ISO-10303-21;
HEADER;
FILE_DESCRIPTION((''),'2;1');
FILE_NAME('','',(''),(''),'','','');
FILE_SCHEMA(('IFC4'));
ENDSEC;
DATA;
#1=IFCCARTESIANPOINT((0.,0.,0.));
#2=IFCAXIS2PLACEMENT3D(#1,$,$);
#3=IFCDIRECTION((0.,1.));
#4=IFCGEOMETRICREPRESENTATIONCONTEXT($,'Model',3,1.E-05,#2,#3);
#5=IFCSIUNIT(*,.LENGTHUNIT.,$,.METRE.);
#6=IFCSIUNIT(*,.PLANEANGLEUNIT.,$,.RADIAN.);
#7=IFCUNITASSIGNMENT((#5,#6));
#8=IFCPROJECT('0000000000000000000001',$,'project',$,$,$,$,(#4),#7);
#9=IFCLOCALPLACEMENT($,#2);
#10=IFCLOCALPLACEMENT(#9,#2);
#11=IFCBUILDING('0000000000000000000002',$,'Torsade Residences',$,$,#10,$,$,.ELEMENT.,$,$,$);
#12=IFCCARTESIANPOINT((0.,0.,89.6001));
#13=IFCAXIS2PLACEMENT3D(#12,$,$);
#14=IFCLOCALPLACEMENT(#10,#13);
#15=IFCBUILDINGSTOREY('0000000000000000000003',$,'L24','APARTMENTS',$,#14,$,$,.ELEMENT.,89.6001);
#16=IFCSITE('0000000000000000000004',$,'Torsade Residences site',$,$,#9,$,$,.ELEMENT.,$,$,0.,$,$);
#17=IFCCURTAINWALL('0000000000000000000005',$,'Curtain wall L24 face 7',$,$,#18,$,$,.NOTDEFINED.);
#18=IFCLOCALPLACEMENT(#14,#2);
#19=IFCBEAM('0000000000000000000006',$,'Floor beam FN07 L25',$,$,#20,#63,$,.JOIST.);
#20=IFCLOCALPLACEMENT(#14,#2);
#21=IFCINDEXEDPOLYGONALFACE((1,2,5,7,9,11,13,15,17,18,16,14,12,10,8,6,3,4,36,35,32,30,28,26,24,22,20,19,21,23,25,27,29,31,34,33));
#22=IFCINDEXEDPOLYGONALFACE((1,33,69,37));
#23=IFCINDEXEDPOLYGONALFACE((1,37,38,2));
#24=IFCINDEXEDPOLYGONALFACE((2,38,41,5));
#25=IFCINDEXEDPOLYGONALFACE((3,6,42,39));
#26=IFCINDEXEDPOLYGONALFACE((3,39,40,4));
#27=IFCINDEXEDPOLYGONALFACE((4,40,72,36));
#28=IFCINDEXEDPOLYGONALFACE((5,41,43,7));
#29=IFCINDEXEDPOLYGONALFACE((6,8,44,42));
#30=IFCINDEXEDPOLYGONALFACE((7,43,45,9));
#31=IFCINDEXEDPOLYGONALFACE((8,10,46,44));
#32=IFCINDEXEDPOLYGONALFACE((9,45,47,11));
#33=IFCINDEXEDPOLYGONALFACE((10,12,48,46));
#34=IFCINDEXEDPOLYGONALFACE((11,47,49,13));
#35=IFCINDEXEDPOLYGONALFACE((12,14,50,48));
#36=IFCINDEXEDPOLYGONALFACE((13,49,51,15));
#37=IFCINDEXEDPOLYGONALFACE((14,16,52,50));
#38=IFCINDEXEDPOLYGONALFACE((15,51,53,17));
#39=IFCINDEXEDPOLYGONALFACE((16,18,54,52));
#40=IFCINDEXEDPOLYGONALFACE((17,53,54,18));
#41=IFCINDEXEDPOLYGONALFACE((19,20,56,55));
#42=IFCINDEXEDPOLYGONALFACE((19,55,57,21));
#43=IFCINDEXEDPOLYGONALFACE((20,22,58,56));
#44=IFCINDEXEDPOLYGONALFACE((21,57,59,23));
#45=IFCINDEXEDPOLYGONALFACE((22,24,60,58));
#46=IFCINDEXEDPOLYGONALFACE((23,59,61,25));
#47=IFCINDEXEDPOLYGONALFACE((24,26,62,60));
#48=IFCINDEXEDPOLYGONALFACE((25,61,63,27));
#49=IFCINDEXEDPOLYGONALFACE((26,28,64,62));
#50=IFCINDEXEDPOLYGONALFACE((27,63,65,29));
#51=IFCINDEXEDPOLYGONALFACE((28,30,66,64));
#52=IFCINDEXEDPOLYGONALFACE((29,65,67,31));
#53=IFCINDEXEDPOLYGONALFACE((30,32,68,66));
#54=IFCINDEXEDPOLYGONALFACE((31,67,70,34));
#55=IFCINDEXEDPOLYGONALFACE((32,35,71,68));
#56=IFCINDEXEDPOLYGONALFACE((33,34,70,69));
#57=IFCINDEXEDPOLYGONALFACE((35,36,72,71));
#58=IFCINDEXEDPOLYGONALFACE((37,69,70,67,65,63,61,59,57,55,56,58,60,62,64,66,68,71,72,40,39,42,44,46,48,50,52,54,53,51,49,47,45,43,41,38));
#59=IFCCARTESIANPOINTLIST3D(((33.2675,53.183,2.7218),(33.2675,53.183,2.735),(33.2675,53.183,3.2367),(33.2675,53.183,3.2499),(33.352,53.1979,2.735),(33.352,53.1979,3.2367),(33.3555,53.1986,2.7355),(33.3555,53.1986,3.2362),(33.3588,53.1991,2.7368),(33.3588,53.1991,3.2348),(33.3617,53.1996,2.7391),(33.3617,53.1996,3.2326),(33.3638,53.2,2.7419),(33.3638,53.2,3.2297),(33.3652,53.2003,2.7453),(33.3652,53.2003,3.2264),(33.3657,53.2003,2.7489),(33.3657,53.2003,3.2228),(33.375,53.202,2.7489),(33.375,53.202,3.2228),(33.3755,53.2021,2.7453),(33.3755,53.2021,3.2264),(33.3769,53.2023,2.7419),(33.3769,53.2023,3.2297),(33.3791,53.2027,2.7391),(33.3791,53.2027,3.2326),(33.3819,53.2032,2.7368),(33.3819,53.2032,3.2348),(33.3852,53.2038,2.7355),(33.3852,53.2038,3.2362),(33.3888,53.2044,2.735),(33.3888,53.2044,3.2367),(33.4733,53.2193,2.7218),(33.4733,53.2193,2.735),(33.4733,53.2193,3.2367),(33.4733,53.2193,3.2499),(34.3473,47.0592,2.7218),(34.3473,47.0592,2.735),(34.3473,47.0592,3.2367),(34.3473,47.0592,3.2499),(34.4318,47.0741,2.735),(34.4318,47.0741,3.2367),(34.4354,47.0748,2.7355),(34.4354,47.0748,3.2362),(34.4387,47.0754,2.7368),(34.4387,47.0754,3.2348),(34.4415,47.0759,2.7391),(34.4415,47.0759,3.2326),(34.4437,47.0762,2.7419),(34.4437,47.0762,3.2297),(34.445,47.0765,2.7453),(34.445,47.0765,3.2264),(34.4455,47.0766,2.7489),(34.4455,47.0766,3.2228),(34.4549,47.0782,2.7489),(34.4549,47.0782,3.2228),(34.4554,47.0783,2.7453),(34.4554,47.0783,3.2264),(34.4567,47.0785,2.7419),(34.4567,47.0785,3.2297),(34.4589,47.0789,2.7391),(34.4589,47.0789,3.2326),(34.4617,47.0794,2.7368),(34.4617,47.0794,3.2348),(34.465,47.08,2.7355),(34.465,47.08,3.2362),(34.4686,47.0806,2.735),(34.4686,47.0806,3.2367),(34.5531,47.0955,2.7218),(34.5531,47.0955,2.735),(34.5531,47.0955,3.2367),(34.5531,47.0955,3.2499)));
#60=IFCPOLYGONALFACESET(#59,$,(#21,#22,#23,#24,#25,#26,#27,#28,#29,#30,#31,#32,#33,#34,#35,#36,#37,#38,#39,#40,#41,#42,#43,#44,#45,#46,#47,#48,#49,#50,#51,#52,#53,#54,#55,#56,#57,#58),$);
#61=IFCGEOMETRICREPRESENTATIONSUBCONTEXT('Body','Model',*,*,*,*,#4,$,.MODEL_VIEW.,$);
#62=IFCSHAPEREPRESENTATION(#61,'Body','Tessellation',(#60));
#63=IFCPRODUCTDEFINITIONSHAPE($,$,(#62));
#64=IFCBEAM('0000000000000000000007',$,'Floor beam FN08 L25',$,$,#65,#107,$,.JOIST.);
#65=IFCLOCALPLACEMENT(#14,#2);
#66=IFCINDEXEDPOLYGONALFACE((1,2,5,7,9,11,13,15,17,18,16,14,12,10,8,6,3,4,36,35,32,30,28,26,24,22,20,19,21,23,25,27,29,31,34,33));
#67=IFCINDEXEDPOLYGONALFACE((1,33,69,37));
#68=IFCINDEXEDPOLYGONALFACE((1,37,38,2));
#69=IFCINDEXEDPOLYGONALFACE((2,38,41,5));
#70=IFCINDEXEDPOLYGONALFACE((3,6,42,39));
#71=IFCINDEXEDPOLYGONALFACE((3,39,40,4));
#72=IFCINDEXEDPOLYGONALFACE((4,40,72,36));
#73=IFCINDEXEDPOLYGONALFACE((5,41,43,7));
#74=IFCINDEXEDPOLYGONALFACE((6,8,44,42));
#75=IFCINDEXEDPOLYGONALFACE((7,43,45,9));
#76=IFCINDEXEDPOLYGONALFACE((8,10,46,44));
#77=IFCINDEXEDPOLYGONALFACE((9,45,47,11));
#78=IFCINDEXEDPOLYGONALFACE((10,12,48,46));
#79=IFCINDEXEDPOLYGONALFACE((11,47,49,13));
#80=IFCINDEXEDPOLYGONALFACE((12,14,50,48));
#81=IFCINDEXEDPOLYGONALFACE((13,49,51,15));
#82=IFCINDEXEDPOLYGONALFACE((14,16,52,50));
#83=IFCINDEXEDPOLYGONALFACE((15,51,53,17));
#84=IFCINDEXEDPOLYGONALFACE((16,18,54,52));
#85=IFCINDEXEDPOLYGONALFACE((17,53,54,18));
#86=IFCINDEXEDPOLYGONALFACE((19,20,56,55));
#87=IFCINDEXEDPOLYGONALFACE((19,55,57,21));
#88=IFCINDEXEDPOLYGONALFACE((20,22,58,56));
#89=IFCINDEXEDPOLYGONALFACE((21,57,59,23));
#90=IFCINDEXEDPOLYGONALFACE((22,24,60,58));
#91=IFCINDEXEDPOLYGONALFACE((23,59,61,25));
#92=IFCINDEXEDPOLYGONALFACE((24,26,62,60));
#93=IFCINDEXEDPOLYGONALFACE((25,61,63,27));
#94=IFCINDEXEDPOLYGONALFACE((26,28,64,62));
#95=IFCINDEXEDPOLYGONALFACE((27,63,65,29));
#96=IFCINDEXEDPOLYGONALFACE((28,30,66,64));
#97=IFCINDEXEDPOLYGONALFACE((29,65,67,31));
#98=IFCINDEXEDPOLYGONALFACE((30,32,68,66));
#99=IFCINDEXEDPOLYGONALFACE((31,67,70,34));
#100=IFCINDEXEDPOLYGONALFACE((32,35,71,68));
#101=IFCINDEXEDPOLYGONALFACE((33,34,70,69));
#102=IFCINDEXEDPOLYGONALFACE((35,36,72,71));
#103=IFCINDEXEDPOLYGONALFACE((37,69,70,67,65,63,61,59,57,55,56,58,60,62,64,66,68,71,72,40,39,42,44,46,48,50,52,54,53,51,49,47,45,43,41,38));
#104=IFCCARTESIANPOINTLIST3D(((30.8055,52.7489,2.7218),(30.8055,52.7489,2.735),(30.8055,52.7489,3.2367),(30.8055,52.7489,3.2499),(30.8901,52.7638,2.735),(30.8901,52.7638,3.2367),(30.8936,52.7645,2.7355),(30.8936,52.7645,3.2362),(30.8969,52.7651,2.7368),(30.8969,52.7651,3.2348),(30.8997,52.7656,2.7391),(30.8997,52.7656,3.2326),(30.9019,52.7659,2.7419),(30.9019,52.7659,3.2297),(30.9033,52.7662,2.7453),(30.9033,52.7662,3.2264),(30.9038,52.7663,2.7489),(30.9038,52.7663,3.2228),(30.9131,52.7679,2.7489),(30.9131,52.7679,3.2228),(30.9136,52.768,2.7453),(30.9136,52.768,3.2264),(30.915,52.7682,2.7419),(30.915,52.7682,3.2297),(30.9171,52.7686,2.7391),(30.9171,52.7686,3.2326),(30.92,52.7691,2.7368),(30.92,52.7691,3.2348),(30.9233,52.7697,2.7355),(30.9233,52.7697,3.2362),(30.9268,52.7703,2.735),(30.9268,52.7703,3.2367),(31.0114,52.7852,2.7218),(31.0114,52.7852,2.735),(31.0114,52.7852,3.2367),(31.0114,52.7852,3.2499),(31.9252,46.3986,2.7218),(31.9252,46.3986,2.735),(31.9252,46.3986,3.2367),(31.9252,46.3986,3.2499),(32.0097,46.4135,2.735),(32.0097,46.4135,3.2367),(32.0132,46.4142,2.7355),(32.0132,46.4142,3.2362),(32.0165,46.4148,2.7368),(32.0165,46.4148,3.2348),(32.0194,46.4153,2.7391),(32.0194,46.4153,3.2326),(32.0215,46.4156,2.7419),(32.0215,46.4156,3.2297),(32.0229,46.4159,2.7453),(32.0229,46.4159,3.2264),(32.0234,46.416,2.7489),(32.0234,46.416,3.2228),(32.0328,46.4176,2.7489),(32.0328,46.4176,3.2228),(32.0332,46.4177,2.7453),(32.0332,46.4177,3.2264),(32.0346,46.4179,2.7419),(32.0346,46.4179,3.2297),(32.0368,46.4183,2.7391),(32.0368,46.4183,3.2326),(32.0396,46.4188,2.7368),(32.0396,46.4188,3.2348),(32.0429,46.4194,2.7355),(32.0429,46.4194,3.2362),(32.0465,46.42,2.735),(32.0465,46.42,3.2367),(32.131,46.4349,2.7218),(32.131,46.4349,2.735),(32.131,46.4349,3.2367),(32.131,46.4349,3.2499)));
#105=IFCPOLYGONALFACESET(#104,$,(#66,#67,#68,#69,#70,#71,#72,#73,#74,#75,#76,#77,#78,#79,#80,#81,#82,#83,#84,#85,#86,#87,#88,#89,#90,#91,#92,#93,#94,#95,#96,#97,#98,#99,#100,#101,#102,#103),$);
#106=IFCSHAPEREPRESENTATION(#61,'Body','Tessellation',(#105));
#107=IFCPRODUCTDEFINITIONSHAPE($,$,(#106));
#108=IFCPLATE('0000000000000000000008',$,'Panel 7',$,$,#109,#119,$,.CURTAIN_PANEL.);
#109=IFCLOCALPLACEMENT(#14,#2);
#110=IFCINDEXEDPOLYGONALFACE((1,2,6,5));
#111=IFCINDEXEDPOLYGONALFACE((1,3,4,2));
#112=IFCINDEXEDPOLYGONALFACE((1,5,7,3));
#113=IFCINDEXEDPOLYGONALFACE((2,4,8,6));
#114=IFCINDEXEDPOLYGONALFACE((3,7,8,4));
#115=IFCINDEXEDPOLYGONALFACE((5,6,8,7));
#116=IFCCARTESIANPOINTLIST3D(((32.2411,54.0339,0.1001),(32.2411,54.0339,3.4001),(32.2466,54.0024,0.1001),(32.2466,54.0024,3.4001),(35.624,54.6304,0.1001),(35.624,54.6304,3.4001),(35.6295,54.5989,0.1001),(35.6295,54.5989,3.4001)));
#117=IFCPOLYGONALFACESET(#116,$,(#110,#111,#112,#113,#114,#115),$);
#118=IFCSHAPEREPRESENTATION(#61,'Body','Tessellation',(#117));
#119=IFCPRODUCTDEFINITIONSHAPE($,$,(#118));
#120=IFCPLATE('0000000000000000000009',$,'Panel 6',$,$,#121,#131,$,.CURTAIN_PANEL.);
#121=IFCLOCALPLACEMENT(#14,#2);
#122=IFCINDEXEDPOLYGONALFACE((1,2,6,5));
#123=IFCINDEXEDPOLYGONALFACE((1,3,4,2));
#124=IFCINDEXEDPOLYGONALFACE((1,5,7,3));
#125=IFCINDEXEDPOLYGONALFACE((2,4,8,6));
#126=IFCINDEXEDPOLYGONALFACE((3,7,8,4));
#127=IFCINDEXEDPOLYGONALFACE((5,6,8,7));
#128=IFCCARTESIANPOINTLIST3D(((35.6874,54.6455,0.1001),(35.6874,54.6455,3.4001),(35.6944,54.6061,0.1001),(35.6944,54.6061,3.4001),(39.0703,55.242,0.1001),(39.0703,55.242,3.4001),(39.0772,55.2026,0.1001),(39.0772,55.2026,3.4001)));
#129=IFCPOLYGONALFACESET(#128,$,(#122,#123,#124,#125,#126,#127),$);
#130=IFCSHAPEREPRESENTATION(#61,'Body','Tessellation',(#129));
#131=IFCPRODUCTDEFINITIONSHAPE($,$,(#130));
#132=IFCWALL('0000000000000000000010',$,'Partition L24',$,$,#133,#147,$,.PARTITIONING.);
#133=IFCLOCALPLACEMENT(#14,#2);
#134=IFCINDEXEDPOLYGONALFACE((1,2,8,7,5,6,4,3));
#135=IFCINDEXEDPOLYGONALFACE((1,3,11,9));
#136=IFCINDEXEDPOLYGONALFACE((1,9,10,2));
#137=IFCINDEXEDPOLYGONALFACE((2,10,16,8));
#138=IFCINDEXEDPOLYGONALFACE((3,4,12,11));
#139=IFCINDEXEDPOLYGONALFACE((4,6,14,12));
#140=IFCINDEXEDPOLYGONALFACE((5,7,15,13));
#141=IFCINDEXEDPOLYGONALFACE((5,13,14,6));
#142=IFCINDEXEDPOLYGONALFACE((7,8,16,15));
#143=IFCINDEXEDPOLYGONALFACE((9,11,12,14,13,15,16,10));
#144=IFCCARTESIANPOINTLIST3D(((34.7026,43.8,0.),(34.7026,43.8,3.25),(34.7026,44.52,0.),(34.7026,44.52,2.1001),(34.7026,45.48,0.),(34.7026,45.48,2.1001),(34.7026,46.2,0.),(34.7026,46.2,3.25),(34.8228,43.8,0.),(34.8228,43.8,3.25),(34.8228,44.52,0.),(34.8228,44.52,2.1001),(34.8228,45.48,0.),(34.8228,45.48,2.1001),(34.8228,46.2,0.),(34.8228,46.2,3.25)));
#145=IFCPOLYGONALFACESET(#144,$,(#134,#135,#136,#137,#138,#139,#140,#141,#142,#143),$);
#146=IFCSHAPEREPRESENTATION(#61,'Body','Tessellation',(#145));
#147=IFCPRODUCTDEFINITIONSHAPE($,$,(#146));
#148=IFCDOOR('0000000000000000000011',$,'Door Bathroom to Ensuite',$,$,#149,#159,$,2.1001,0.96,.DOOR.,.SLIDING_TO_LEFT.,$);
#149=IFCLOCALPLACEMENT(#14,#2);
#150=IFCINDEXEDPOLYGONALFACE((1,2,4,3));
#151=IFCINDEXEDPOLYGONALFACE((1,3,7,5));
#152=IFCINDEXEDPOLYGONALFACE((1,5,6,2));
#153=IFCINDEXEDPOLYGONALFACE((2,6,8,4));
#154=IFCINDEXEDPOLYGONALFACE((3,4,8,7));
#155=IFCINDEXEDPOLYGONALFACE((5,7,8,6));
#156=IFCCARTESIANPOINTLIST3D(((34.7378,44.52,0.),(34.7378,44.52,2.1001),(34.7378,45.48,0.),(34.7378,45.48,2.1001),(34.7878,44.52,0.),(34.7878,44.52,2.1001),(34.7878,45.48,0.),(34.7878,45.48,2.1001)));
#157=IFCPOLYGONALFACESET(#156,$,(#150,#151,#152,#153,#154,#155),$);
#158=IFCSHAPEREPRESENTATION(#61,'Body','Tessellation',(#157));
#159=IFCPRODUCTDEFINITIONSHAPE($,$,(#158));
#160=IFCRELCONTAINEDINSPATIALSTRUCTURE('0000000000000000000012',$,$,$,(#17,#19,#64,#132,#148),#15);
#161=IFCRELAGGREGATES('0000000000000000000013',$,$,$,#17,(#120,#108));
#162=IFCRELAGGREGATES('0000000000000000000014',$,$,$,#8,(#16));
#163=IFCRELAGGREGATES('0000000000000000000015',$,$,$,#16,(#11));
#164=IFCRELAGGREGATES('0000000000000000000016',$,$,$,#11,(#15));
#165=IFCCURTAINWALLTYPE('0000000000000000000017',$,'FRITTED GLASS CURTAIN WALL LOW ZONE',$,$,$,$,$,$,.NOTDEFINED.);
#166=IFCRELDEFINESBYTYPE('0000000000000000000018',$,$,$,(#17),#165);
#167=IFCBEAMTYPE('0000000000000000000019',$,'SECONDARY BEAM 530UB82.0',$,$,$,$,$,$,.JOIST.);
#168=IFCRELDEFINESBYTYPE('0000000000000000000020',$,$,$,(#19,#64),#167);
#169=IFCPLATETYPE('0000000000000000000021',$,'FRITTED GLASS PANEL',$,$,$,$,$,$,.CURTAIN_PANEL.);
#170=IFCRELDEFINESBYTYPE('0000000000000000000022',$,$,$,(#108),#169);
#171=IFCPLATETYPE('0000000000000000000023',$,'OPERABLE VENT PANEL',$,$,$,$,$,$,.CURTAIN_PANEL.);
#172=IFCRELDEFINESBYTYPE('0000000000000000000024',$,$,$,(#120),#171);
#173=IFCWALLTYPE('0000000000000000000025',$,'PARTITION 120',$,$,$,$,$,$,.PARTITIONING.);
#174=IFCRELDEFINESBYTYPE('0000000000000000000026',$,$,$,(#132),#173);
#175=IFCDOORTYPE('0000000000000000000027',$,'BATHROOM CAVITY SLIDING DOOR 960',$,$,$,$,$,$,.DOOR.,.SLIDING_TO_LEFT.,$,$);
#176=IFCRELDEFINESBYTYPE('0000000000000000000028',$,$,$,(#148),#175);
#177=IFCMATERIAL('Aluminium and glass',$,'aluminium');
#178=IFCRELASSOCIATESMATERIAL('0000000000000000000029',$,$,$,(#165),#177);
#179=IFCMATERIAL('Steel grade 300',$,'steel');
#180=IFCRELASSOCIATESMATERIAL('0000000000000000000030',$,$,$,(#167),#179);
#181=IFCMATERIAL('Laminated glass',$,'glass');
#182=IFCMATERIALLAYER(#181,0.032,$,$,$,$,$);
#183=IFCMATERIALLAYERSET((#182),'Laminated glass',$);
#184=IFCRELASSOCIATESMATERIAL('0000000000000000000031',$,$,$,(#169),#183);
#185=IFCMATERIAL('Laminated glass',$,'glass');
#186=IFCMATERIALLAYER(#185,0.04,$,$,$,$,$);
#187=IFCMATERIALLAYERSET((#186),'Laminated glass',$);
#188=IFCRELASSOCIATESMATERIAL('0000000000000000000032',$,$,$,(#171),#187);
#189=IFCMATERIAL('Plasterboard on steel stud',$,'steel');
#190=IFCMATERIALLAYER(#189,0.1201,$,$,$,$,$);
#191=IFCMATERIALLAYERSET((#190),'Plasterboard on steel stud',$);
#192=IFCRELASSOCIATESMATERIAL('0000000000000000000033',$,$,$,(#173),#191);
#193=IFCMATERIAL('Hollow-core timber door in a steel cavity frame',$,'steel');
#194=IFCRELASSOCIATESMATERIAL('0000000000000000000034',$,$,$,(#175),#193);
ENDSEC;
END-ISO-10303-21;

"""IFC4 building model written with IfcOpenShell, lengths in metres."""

from ifc_helpers import new_model, si_unit, direction, frame, frame_2d, origin, origin_2d, place, context, subcontext, project, spatial, rectangle, i_section, extrude, material, layer, layer_set, material_profile, profile_set, type_object, element, fill, aggregate, save


model = new_model("IFC4")

# Units and contexts
model_context = context("Model", 3, precision=1e-05, world=origin(), true_north=direction((0.0, 1.0)))
body_context = subcontext(model_context, "Body", "Model", "MODEL_VIEW")
ifc_project = project(units=[si_unit("LENGTHUNIT", "METRE"), si_unit("PLANEANGLEUNIT", "RADIAN")], contexts=[model_context])

# Site, building, storey
site_placement = place(None, origin())
site = spatial("IfcSite", under=ifc_project, at=site_placement, Name="Torsade Residences site", CompositionType="ELEMENT", RefElevation=0.0)
building_placement = place(site_placement, origin())
building = spatial("IfcBuilding", under=site, at=building_placement, Name="Torsade Residences", CompositionType="ELEMENT")
storey_placement = place(building_placement, frame((0.0, 0.0, 89.6001)))
storey = spatial("IfcBuildingStorey", under=building, at=storey_placement, Name="L24", Description="APARTMENTS", CompositionType="ELEMENT", Elevation=89.6001)

# Curtain wall
ifc_material_1 = material(Name="Aluminium and glass", Category="aluminium")
curtain_wall_type = type_object("IfcCurtainWallType", Name="FRITTED GLASS CURTAIN WALL LOW ZONE", PredefinedType="NOTDEFINED", material=ifc_material_1)
curtain_wall_placement = place(storey_placement, origin())
curtain_wall = element("IfcCurtainWall", 1, at=curtain_wall_placement, inside=storey, type_object=curtain_wall_type, Name="Curtain wall L24 face 7", PredefinedType="NOTDEFINED")

# Beams
ifc_material_2 = material(Name="Steel grade 300", Category="steel")
ifc_material_profile_1 = material_profile(ifc_material_2, i_section(OverallWidth=0.209, OverallDepth=0.5281, WebThickness=0.0095, FlangeThickness=0.0132, FilletRadius=0.0139, at=origin_2d()), Name="530UB82.0")
ifc_profile_set_1 = profile_set([ifc_material_profile_1], Name="Steel grade 300")
beam_type_1 = type_object("IfcBeamType", Name="SECONDARY BEAM 530UB82.0", PredefinedType="JOIST", material=ifc_profile_set_1)
beam_1_placement = place(storey_placement, frame((33.3704, 53.2012, 2.9858), z_axis=(0.173655, -0.984806, 0.0), x_axis=(0.984806, 0.173655, 0.0)))
element("IfcBeam", 2, at=beam_1_placement, inside=storey, type_object=beam_type_1, Name="Floor beam FN07 L25", PredefinedType="JOIST", context=body_context, shape_type="SweptSolid", body=[
    extrude(i_section(OverallWidth=0.209, OverallDepth=0.5281, WebThickness=0.0095, FlangeThickness=0.0132, FilletRadius=0.0139, at=origin_2d()), origin(), (0.0, 0.0, 1.0), 6.2183),
])
beam_2_placement = place(storey_placement, frame((30.9084, 52.7671, 2.9858), z_axis=(0.173632, -0.984811, 0.0), x_axis=(0.984811, 0.173632, 0.0)))
element("IfcBeam", 3, at=beam_2_placement, inside=storey, type_object=beam_type_1, Name="Floor beam FN08 L25", PredefinedType="JOIST", context=body_context, shape_type="SweptSolid", body=[
    extrude(i_section(OverallWidth=0.209, OverallDepth=0.5281, WebThickness=0.0095, FlangeThickness=0.0132, FilletRadius=0.0139, at=origin_2d()), origin(), (0.0, 0.0, 1.0), 6.4482),
])

# Plates
ifc_material_3 = material(Name="Laminated glass", Category="glass")
ifc_layer_1 = layer(ifc_material_3, 0.032)
ifc_layer_set_1 = layer_set([ifc_layer_1], Name="Laminated glass")
plate_type_1 = type_object("IfcPlateType", Name="FRITTED GLASS PANEL", PredefinedType="CURTAIN_PANEL", material=ifc_layer_set_1)
plate_1_placement = place(storey_placement, frame((33.9353, 54.3164, 0.1001), z_axis=(0.0, 0.0, 1.0), x_axis=(-0.984808, -0.173648, 0.0)))
plate_1 = element("IfcPlate", 4, at=plate_1_placement, type_object=plate_type_1, Name="Panel 7", PredefinedType="CURTAIN_PANEL", context=body_context, shape_type="SweptSolid", body=[
    extrude(rectangle(XDim=3.4351, YDim=0.032, at=origin_2d()), origin(), (0.0, 0.0, 1.0), 3.3),
])
ifc_material_4 = material(Name="Laminated glass", Category="glass")
ifc_layer_2 = layer(ifc_material_4, 0.04)
ifc_layer_set_2 = layer_set([ifc_layer_2], Name="Laminated glass")
plate_type_2 = type_object("IfcPlateType", Name="OPERABLE VENT PANEL", PredefinedType="CURTAIN_PANEL", material=ifc_layer_set_2)
plate_2_placement = place(storey_placement, frame((37.3823, 54.9241, 0.1001), z_axis=(0.0, 0.0, 1.0), x_axis=(-0.984808, -0.173648, 0.0)))
plate_2 = element("IfcPlate", 5, at=plate_2_placement, type_object=plate_type_2, Name="Panel 6", PredefinedType="CURTAIN_PANEL", context=body_context, shape_type="SweptSolid", body=[
    extrude(rectangle(XDim=3.4351, YDim=0.04, at=origin_2d()), origin(), (0.0, 0.0, 1.0), 3.3),
])
aggregate(curtain_wall, [plate_2, plate_1])

# Wall, opening, door
ifc_material_5 = material(Name="Plasterboard on steel stud", Category="steel")
ifc_layer_3 = layer(ifc_material_5, 0.1201)
ifc_layer_set_3 = layer_set([ifc_layer_3], Name="Plasterboard on steel stud")
wall_type = type_object("IfcWallType", Name="PARTITION 120", PredefinedType="PARTITIONING", material=ifc_layer_set_3)
wall_1_placement = place(storey_placement, frame((34.7627, 43.8, 0.0), z_axis=(0.0, 0.0, 1.0), x_axis=(0.0, 1.0, 0.0)))
wall_1 = element("IfcWall", 6, at=wall_1_placement, inside=storey, type_object=wall_type, Name="Partition L24", PredefinedType="PARTITIONING", context=body_context, shape_type="SweptSolid", body=[
    extrude(rectangle(XDim=2.3999, YDim=0.1201, at=frame_2d((1.2, 0.0))), origin(), (0.0, 0.0, 1.0), 3.25),
])
opening_1_placement = place(wall_1_placement, frame((0.72, 0.0, 0.0)))
opening_1 = element("IfcOpeningElement", 7, at=opening_1_placement, cuts=wall_1, PredefinedType="OPENING", context=body_context, shape_type="SweptSolid", body=[
    extrude(rectangle(XDim=0.96, YDim=2.1001, at=frame_2d((0.48, 1.05))), frame((0.0, 0.0701, 0.0), z_axis=(0.0, -1.0, 0.0), x_axis=(1.0, 0.0, 0.0)), (0.0, 0.0, 1.0), 0.1401),
])
ifc_material_6 = material(Name="Hollow-core timber door in a steel cavity frame", Category="steel")
door_type_1 = type_object("IfcDoorType", Name="BATHROOM CAVITY SLIDING DOOR 960", OperationType="SLIDING_TO_LEFT", PredefinedType="DOOR", material=ifc_material_6)
door_1_placement = place(opening_1_placement, origin())
door_1 = element("IfcDoor", 8, at=door_1_placement, inside=storey, type_object=door_type_1, Name="Door Bathroom to Ensuite", OperationType="SLIDING_TO_LEFT", OverallHeight=2.1001, OverallWidth=0.96, PredefinedType="DOOR", context=body_context, shape_type="SweptSolid", body=[
    extrude(rectangle(XDim=0.96, YDim=2.1001, at=frame_2d((0.48, 1.05))), frame((0.0, 0.0249, 0.0), z_axis=(0.0, -1.0, 0.0), x_axis=(1.0, 0.0, 0.0)), (0.0, 0.0, 1.0), 0.05),
])
fill(opening_1, door_1)

save(model, "model.ifc")
